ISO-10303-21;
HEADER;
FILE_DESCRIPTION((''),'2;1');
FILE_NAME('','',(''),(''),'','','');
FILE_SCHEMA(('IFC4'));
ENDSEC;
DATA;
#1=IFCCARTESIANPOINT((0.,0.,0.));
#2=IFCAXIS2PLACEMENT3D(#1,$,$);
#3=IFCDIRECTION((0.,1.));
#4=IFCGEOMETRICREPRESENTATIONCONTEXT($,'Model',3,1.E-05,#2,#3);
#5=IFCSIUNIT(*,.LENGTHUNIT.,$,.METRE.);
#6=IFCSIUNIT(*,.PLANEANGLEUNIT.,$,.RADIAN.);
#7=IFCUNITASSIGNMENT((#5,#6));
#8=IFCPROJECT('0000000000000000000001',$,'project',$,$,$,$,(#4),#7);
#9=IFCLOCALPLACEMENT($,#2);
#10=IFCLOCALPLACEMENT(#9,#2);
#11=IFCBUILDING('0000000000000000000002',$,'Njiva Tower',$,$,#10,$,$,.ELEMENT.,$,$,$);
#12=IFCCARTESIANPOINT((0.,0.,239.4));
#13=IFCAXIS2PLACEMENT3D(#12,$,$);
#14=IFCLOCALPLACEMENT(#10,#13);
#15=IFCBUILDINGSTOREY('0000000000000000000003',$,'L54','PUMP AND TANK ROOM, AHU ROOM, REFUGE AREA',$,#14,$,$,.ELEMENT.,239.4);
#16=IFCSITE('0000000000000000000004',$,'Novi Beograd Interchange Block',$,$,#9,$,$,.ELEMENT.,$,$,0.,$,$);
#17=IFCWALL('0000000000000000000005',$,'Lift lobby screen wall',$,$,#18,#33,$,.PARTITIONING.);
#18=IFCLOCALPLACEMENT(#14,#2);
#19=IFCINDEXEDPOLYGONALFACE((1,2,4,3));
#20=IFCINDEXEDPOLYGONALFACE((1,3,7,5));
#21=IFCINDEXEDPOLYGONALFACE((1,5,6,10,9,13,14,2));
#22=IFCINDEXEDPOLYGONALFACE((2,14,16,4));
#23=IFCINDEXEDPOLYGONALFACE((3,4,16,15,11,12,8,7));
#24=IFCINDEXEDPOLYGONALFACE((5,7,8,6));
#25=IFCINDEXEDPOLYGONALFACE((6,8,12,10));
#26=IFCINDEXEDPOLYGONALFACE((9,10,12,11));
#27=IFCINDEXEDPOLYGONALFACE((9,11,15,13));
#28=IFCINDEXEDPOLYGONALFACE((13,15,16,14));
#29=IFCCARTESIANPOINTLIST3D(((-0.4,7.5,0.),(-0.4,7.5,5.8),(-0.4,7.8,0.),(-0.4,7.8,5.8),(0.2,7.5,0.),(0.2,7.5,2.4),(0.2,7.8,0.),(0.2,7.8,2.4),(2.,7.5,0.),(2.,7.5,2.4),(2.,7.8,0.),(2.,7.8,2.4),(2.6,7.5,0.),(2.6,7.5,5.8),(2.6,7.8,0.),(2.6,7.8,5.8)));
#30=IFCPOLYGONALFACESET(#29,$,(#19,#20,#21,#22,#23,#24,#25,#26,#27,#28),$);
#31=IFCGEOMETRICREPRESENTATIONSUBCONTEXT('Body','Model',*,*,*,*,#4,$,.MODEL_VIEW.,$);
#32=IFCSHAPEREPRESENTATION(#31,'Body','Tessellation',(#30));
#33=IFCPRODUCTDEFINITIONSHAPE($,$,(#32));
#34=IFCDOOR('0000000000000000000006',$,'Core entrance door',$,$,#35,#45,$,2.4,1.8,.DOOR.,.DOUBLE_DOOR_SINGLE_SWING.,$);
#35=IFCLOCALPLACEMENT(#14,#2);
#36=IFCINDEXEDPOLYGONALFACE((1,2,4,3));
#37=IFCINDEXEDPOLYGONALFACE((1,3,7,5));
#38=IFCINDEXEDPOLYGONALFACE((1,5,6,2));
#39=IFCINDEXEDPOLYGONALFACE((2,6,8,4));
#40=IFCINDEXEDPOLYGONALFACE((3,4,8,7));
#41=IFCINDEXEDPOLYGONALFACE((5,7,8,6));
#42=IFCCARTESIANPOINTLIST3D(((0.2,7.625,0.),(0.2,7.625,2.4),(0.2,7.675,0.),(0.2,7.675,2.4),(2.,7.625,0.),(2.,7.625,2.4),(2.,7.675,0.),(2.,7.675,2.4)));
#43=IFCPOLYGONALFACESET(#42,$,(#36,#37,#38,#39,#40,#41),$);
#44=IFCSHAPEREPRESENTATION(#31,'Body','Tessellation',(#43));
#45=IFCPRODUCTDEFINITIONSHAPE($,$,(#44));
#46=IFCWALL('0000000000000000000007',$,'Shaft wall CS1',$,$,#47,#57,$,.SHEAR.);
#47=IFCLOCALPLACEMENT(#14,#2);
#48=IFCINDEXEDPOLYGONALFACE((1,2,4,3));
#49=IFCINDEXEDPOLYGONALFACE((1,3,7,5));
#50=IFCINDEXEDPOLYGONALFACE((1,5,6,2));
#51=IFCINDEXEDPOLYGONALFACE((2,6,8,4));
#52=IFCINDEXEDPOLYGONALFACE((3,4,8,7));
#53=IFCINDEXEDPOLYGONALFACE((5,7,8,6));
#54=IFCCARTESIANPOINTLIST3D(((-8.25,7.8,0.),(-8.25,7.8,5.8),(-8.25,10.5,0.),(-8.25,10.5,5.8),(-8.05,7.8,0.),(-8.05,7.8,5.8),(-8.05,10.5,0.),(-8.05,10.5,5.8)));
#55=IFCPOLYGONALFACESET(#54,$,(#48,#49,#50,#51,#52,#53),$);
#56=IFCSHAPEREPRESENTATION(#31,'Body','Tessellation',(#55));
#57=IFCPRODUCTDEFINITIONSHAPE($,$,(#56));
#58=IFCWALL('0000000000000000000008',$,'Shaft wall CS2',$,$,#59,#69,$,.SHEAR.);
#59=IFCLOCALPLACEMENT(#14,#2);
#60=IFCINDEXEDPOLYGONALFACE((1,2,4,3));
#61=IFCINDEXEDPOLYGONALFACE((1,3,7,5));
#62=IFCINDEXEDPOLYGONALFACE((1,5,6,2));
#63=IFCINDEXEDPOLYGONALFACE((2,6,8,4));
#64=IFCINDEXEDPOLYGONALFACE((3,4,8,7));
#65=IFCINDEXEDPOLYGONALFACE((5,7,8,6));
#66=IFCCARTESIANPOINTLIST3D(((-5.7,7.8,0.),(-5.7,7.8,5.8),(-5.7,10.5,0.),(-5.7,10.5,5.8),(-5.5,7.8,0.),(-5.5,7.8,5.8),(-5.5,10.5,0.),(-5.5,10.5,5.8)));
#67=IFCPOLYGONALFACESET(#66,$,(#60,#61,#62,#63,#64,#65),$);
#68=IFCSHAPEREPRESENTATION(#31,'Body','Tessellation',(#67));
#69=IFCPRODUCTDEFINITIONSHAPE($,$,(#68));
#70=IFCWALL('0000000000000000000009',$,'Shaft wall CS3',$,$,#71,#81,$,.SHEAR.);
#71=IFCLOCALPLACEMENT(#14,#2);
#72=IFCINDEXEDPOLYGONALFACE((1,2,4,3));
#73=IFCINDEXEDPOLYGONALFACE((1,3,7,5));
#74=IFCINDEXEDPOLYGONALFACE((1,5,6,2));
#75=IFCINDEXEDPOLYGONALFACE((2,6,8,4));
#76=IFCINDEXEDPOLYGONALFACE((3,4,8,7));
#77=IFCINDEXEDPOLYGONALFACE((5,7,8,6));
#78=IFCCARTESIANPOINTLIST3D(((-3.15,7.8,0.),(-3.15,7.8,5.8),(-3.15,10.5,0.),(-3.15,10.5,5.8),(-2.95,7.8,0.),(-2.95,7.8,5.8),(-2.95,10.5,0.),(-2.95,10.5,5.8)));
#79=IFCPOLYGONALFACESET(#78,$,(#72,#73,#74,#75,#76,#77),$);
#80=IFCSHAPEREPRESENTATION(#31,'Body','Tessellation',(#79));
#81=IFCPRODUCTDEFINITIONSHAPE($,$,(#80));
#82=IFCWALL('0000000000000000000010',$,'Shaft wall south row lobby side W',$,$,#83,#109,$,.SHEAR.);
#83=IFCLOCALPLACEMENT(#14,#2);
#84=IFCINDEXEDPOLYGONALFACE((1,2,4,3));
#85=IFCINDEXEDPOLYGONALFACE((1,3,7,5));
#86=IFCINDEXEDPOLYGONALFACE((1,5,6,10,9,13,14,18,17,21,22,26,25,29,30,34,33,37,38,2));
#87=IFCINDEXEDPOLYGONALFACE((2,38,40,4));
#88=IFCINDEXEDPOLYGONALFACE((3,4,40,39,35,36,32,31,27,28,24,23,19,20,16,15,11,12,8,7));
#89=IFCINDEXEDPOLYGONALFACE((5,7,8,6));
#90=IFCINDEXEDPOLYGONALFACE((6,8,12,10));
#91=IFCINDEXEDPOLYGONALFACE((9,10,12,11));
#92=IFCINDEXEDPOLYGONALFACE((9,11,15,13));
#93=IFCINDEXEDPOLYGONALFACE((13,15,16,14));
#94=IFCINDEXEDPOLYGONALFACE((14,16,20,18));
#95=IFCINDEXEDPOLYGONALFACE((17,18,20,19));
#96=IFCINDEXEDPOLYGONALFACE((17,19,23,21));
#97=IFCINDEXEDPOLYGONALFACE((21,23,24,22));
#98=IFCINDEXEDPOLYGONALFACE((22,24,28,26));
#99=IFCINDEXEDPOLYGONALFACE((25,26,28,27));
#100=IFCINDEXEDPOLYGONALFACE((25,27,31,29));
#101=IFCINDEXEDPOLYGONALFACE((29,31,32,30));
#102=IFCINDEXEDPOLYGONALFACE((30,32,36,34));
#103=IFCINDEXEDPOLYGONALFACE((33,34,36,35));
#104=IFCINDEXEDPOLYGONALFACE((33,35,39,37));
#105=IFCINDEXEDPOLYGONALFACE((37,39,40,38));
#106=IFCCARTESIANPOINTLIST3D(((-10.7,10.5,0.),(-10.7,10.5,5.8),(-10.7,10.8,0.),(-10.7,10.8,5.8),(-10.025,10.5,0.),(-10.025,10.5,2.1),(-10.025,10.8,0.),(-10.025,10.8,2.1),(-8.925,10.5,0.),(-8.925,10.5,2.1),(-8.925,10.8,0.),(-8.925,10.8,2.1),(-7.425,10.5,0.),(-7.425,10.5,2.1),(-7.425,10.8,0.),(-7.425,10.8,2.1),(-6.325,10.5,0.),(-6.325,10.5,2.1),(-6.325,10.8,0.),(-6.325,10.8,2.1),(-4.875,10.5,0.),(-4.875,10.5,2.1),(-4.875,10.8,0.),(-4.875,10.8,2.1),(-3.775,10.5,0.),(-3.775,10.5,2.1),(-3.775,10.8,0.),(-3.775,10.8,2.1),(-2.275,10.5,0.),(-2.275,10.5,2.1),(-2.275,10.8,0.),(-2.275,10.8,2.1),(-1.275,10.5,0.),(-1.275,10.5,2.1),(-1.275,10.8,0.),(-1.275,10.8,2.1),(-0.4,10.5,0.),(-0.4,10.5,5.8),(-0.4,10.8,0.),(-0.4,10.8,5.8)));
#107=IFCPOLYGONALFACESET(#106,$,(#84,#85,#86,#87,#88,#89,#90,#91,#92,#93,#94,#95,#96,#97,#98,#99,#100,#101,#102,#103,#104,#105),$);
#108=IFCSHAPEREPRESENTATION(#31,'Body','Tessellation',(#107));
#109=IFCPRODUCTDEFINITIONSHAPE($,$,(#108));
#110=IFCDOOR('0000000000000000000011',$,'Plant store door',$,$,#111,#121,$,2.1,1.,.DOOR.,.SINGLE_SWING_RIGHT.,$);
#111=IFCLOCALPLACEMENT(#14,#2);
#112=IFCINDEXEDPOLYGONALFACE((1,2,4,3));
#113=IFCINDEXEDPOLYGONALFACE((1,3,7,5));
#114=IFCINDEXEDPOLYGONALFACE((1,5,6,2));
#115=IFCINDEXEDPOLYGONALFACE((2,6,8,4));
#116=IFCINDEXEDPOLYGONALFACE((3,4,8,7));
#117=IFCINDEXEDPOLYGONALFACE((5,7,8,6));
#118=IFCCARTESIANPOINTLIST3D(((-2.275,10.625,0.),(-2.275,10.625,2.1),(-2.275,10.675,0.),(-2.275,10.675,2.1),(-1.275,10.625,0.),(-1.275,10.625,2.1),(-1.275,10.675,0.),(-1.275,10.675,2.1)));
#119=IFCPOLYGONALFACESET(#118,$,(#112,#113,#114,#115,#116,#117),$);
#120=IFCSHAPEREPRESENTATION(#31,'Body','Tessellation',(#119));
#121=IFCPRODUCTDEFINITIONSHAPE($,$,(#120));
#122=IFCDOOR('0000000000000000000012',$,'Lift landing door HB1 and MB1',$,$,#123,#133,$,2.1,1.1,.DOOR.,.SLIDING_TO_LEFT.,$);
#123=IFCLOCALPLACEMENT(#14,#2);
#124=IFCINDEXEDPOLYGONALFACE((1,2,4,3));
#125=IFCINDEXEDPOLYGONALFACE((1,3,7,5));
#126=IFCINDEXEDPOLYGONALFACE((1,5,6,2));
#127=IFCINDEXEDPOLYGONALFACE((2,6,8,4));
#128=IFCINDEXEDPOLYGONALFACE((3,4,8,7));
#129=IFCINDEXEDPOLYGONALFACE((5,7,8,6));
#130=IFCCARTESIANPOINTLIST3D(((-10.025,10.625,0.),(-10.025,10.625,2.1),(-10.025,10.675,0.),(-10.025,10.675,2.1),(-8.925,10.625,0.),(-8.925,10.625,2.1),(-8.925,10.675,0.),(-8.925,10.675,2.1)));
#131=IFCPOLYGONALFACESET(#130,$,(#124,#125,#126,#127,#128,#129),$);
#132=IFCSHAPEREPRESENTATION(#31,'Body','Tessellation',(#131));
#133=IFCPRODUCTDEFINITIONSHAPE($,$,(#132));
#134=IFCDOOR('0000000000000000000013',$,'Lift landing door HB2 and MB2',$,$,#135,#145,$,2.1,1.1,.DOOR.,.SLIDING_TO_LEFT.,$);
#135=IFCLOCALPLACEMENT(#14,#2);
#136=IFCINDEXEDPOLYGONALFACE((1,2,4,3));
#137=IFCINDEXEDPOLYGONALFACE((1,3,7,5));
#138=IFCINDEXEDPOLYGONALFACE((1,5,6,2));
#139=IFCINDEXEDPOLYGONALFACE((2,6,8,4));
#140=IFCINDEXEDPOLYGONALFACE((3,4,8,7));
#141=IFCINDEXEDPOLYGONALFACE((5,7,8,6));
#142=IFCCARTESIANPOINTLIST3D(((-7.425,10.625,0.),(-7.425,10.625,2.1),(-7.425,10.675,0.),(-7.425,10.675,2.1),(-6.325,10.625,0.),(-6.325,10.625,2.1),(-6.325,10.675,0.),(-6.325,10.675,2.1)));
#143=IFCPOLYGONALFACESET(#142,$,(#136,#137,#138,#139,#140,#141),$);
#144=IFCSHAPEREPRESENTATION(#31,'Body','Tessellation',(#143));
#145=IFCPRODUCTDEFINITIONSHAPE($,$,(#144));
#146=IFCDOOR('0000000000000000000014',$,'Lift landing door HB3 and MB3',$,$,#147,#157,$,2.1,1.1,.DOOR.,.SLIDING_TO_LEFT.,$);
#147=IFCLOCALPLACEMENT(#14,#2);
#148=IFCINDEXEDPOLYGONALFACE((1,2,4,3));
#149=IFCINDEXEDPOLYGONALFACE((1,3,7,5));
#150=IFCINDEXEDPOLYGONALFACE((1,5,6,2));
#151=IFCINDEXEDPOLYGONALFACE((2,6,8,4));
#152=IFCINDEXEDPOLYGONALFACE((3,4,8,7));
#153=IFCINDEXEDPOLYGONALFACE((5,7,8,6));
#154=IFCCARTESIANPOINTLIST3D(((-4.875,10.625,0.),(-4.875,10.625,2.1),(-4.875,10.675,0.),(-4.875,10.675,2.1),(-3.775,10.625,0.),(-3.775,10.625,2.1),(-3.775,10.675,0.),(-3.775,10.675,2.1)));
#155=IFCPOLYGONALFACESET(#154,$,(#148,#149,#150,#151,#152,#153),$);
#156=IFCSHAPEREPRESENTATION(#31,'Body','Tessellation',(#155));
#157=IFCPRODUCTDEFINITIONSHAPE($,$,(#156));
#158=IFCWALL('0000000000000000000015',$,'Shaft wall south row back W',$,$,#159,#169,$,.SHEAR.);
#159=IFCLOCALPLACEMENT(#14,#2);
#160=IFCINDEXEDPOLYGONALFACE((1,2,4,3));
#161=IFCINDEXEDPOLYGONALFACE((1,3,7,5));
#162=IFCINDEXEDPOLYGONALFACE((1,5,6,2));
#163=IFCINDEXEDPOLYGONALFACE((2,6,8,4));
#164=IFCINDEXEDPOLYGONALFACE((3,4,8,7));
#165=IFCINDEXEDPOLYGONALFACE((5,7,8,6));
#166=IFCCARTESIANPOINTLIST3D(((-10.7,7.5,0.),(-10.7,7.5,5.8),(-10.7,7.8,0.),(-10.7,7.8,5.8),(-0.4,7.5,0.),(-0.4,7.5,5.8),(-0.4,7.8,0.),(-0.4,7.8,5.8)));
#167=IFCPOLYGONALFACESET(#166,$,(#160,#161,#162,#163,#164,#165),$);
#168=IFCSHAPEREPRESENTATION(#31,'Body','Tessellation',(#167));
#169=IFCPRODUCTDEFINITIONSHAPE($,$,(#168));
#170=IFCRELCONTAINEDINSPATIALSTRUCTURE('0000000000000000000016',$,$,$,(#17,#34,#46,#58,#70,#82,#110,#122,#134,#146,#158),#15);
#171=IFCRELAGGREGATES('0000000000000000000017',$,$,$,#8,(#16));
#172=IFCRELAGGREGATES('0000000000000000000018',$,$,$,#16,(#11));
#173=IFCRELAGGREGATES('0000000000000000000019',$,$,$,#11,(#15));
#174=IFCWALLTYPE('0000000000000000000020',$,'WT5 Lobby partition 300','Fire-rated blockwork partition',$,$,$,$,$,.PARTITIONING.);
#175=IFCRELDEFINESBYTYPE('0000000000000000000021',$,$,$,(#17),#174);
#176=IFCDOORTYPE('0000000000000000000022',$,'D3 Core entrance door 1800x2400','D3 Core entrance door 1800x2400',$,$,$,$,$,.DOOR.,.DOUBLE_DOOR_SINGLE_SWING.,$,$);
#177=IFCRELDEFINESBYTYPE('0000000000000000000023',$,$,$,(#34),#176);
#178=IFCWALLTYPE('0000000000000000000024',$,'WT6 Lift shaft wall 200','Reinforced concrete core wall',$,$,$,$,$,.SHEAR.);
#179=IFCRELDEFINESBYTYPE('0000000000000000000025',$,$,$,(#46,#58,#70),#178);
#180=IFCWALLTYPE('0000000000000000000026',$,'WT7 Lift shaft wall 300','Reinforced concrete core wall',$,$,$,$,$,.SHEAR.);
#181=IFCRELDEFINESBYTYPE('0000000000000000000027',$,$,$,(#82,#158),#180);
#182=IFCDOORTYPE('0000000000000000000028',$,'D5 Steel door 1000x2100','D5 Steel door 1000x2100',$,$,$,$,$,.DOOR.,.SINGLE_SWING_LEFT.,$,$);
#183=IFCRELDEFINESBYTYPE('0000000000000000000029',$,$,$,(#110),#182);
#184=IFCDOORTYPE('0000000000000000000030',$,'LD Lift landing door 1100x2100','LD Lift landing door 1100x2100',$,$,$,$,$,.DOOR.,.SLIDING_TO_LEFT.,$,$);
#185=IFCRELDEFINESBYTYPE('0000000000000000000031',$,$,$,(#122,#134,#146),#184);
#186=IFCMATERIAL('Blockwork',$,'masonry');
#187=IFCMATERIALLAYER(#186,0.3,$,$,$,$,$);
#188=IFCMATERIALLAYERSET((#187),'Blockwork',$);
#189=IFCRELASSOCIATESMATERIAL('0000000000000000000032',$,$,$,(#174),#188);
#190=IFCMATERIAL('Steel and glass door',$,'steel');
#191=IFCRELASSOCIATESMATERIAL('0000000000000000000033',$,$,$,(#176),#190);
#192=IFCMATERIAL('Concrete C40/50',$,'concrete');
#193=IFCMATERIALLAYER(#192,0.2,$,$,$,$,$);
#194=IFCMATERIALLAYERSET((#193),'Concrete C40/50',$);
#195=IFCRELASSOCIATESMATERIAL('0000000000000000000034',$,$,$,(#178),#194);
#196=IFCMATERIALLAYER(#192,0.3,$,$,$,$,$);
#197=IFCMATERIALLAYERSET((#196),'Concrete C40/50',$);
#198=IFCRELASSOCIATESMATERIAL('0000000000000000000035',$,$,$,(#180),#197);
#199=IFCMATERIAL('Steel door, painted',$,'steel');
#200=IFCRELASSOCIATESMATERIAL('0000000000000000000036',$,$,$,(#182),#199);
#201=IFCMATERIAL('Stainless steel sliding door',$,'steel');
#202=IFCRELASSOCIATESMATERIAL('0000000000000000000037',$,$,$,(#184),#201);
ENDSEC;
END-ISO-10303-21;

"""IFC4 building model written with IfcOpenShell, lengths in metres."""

from ifc_helpers import new_model, si_unit, direction, frame, frame_2d, origin, place, context, subcontext, project, spatial, rectangle, extrude, material, layer, layer_set, type_object, element, fill, save


model = new_model("IFC4")

# Units and contexts
model_context = context("Model", 3, precision=1e-05, world=origin(), true_north=direction((0.0, 1.0)))
body_context = subcontext(model_context, "Body", "Model", "MODEL_VIEW")
ifc_project = project(units=[si_unit("LENGTHUNIT", "METRE"), si_unit("PLANEANGLEUNIT", "RADIAN")], contexts=[model_context])

# Site, building, storey
site_placement = place(None, origin())
site = spatial("IfcSite", under=ifc_project, at=site_placement, Name="Novi Beograd Interchange Block", CompositionType="ELEMENT", RefElevation=0.0)
building_placement = place(site_placement, origin())
building = spatial("IfcBuilding", under=site, at=building_placement, Name="Njiva Tower", CompositionType="ELEMENT")
storey_placement = place(building_placement, frame((0.0, 0.0, 239.4)))
storey = spatial("IfcBuildingStorey", under=building, at=storey_placement, Name="L54", Description="PUMP AND TANK ROOM, AHU ROOM, REFUGE AREA", CompositionType="ELEMENT", Elevation=239.4)

# Shared definitions
ifc_material_1 = material(Name="Blockwork", Category="masonry")

# Shared definitions
ifc_material_2 = material(Name="Concrete C40/50", Category="concrete")

# Wall, opening, door
ifc_layer_1 = layer(ifc_material_1, 0.3)
ifc_layer_set_1 = layer_set([ifc_layer_1], Name="Blockwork")
wall_type_1 = type_object("IfcWallType", Name="WT5 Lobby partition 300", Description="Fire-rated blockwork partition", PredefinedType="PARTITIONING", material=ifc_layer_set_1)
wall_1_placement = place(storey_placement, frame((-0.4, 7.65, 0.0), z_axis=(0.0, 0.0, 1.0), x_axis=(1.0, 0.0, 0.0)))
wall_1 = element("IfcWall", 1, at=wall_1_placement, inside=storey, type_object=wall_type_1, Name="Lift lobby screen wall", PredefinedType="PARTITIONING", context=body_context, shape_type="SweptSolid", body=[
    extrude(rectangle(XDim=3.0, YDim=0.3, at=frame_2d((1.5, 0.0))), origin(), (0.0, 0.0, 1.0), 5.8),
])
opening_1_placement = place(wall_1_placement, frame((0.6, 0.0, 0.0)))
opening_1 = element("IfcOpeningElement", 2, at=opening_1_placement, cuts=wall_1, PredefinedType="OPENING", context=body_context, shape_type="SweptSolid", body=[
    extrude(rectangle(XDim=1.8, YDim=2.4, at=frame_2d((0.9, 1.2))), frame((0.0, 0.16, 0.0), z_axis=(0.0, -1.0, 0.0), x_axis=(1.0, 0.0, 0.0)), (0.0, 0.0, 1.0), 0.32),
])
ifc_material_3 = material(Name="Steel and glass door", Category="steel")
door_type_1 = type_object("IfcDoorType", Name="D3 Core entrance door 1800x2400", Description="D3 Core entrance door 1800x2400", OperationType="DOUBLE_DOOR_SINGLE_SWING", PredefinedType="DOOR", material=ifc_material_3)
door_1_placement = place(opening_1_placement, origin())
door_1 = element("IfcDoor", 3, at=door_1_placement, inside=storey, type_object=door_type_1, Name="Core entrance door", OperationType="DOUBLE_DOOR_SINGLE_SWING", OverallHeight=2.4, OverallWidth=1.8, PredefinedType="DOOR", context=body_context, shape_type="SweptSolid", body=[
    extrude(rectangle(XDim=1.8, YDim=2.4, at=frame_2d((0.9, 1.2))), frame((0.0, 0.025, 0.0), z_axis=(0.0, -1.0, 0.0), x_axis=(1.0, 0.0, 0.0)), (0.0, 0.0, 1.0), 0.05),
])
fill(opening_1, door_1)

# Walls
ifc_layer_2 = layer(ifc_material_2, 0.2)
ifc_layer_set_2 = layer_set([ifc_layer_2], Name="Concrete C40/50")
wall_type_2 = type_object("IfcWallType", Name="WT6 Lift shaft wall 200", Description="Reinforced concrete core wall", PredefinedType="SHEAR", material=ifc_layer_set_2)
for number, where, z_axis, x_axis, name in (
    (4, (-8.15, 7.8, 0.0), (0.0, 0.0, 1.0), (0.0, 1.0, 0.0), "Shaft wall CS1"),
    (5, (-5.6, 7.8, 0.0), (0.0, 0.0, 1.0), (0.0, 1.0, 0.0), "Shaft wall CS2"),
    (6, (-3.05, 7.8, 0.0), (0.0, 0.0, 1.0), (0.0, 1.0, 0.0), "Shaft wall CS3"),
):
    element("IfcWall", number, at=place(storey_placement, frame(where, z_axis=z_axis, x_axis=x_axis)), inside=storey, type_object=wall_type_2, Name=name, PredefinedType="SHEAR", context=body_context, shape_type="SweptSolid", body=[
        extrude(rectangle(XDim=2.7, YDim=0.2, at=frame_2d((1.35, 0.0))), origin(), (0.0, 0.0, 1.0), 5.8),
    ])

# Wall, openings, doors
ifc_layer_3 = layer(ifc_material_2, 0.3)
ifc_layer_set_3 = layer_set([ifc_layer_3], Name="Concrete C40/50")
wall_type_3 = type_object("IfcWallType", Name="WT7 Lift shaft wall 300", Description="Reinforced concrete core wall", PredefinedType="SHEAR", material=ifc_layer_set_3)
wall_2_placement = place(storey_placement, frame((-10.7, 10.65, 0.0), z_axis=(0.0, 0.0, 1.0), x_axis=(1.0, 0.0, 0.0)))
wall_2 = element("IfcWall", 7, at=wall_2_placement, inside=storey, type_object=wall_type_3, Name="Shaft wall south row lobby side W", PredefinedType="SHEAR", context=body_context, shape_type="SweptSolid", body=[
    extrude(rectangle(XDim=10.3, YDim=0.3, at=frame_2d((5.15, 0.0))), origin(), (0.0, 0.0, 1.0), 5.8),
])
opening_2_placement = place(wall_2_placement, frame((0.675, 0.0, 0.0)))
opening_2 = element("IfcOpeningElement", 8, at=opening_2_placement, cuts=wall_2, PredefinedType="OPENING", context=body_context, shape_type="SweptSolid", body=[
    extrude(rectangle(XDim=1.1, YDim=2.1, at=frame_2d((0.55, 1.05))), frame((0.0, 0.16, 0.0), z_axis=(0.0, -1.0, 0.0), x_axis=(1.0, 0.0, 0.0)), (0.0, 0.0, 1.0), 0.32),
])
opening_3_placement = place(wall_2_placement, frame((3.275, 0.0, 0.0)))
opening_3 = element("IfcOpeningElement", 9, at=opening_3_placement, cuts=wall_2, PredefinedType="OPENING", context=body_context, shape_type="SweptSolid", body=[
    extrude(rectangle(XDim=1.1, YDim=2.1, at=frame_2d((0.55, 1.05))), frame((0.0, 0.16, 0.0), z_axis=(0.0, -1.0, 0.0), x_axis=(1.0, 0.0, 0.0)), (0.0, 0.0, 1.0), 0.32),
])
opening_4_placement = place(wall_2_placement, frame((5.825, 0.0, 0.0)))
opening_4 = element("IfcOpeningElement", 10, at=opening_4_placement, cuts=wall_2, PredefinedType="OPENING", context=body_context, shape_type="SweptSolid", body=[
    extrude(rectangle(XDim=1.1, YDim=2.1, at=frame_2d((0.55, 1.05))), frame((0.0, 0.16, 0.0), z_axis=(0.0, -1.0, 0.0), x_axis=(1.0, 0.0, 0.0)), (0.0, 0.0, 1.0), 0.32),
])
opening_5_placement = place(wall_2_placement, frame((8.425, 0.0, 0.0)))
opening_5 = element("IfcOpeningElement", 11, at=opening_5_placement, cuts=wall_2, PredefinedType="OPENING", context=body_context, shape_type="SweptSolid", body=[
    extrude(rectangle(XDim=1.0, YDim=2.1, at=frame_2d((0.5, 1.05))), frame((0.0, 0.16, 0.0), z_axis=(0.0, -1.0, 0.0), x_axis=(1.0, 0.0, 0.0)), (0.0, 0.0, 1.0), 0.32),
])
ifc_material_4 = material(Name="Steel door, painted", Category="steel")
door_type_2 = type_object("IfcDoorType", Name="D5 Steel door 1000x2100", Description="D5 Steel door 1000x2100", OperationType="SINGLE_SWING_LEFT", PredefinedType="DOOR", material=ifc_material_4)
door_2_placement = place(opening_5_placement, origin())
door_2 = element("IfcDoor", 12, at=door_2_placement, inside=storey, type_object=door_type_2, Name="Plant store door", OperationType="SINGLE_SWING_RIGHT", OverallHeight=2.1, OverallWidth=1.0, PredefinedType="DOOR", context=body_context, shape_type="SweptSolid", body=[
    extrude(rectangle(XDim=1.0, YDim=2.1, at=frame_2d((0.5, 1.05))), frame((0.0, 0.025, 0.0), z_axis=(0.0, -1.0, 0.0), x_axis=(1.0, 0.0, 0.0)), (0.0, 0.0, 1.0), 0.05),
])
fill(opening_5, door_2)
ifc_material_5 = material(Name="Stainless steel sliding door", Category="steel")
door_type_3 = type_object("IfcDoorType", Name="LD Lift landing door 1100x2100", Description="LD Lift landing door 1100x2100", OperationType="SLIDING_TO_LEFT", PredefinedType="DOOR", material=ifc_material_5)
door_3_placement = place(opening_2_placement, origin())
door_3 = element("IfcDoor", 13, at=door_3_placement, inside=storey, type_object=door_type_3, Name="Lift landing door HB1 and MB1", OperationType="SLIDING_TO_LEFT", OverallHeight=2.1, OverallWidth=1.1, PredefinedType="DOOR", context=body_context, shape_type="SweptSolid", body=[
    extrude(rectangle(XDim=1.1, YDim=2.1, at=frame_2d((0.55, 1.05))), frame((0.0, 0.025, 0.0), z_axis=(0.0, -1.0, 0.0), x_axis=(1.0, 0.0, 0.0)), (0.0, 0.0, 1.0), 0.05),
])
fill(opening_2, door_3)
door_4_placement = place(opening_3_placement, origin())
door_4 = element("IfcDoor", 14, at=door_4_placement, inside=storey, type_object=door_type_3, Name="Lift landing door HB2 and MB2", OperationType="SLIDING_TO_LEFT", OverallHeight=2.1, OverallWidth=1.1, PredefinedType="DOOR", context=body_context, shape_type="SweptSolid", body=[
    extrude(rectangle(XDim=1.1, YDim=2.1, at=frame_2d((0.55, 1.05))), frame((0.0, 0.025, 0.0), z_axis=(0.0, -1.0, 0.0), x_axis=(1.0, 0.0, 0.0)), (0.0, 0.0, 1.0), 0.05),
])
fill(opening_3, door_4)
door_5_placement = place(opening_4_placement, origin())
door_5 = element("IfcDoor", 15, at=door_5_placement, inside=storey, type_object=door_type_3, Name="Lift landing door HB3 and MB3", OperationType="SLIDING_TO_LEFT", OverallHeight=2.1, OverallWidth=1.1, PredefinedType="DOOR", context=body_context, shape_type="SweptSolid", body=[
    extrude(rectangle(XDim=1.1, YDim=2.1, at=frame_2d((0.55, 1.05))), frame((0.0, 0.025, 0.0), z_axis=(0.0, -1.0, 0.0), x_axis=(1.0, 0.0, 0.0)), (0.0, 0.0, 1.0), 0.05),
])
fill(opening_4, door_5)

# Wall
wall_3_placement = place(storey_placement, frame((-10.7, 7.65, 0.0), z_axis=(0.0, 0.0, 1.0), x_axis=(1.0, 0.0, 0.0)))
element("IfcWall", 16, at=wall_3_placement, inside=storey, type_object=wall_type_3, Name="Shaft wall south row back W", PredefinedType="SHEAR", context=body_context, shape_type="SweptSolid", body=[
    extrude(rectangle(XDim=10.3, YDim=0.3, at=frame_2d((5.15, 0.0))), origin(), (0.0, 0.0, 1.0), 5.8),
])

save(model, "model.ifc")
